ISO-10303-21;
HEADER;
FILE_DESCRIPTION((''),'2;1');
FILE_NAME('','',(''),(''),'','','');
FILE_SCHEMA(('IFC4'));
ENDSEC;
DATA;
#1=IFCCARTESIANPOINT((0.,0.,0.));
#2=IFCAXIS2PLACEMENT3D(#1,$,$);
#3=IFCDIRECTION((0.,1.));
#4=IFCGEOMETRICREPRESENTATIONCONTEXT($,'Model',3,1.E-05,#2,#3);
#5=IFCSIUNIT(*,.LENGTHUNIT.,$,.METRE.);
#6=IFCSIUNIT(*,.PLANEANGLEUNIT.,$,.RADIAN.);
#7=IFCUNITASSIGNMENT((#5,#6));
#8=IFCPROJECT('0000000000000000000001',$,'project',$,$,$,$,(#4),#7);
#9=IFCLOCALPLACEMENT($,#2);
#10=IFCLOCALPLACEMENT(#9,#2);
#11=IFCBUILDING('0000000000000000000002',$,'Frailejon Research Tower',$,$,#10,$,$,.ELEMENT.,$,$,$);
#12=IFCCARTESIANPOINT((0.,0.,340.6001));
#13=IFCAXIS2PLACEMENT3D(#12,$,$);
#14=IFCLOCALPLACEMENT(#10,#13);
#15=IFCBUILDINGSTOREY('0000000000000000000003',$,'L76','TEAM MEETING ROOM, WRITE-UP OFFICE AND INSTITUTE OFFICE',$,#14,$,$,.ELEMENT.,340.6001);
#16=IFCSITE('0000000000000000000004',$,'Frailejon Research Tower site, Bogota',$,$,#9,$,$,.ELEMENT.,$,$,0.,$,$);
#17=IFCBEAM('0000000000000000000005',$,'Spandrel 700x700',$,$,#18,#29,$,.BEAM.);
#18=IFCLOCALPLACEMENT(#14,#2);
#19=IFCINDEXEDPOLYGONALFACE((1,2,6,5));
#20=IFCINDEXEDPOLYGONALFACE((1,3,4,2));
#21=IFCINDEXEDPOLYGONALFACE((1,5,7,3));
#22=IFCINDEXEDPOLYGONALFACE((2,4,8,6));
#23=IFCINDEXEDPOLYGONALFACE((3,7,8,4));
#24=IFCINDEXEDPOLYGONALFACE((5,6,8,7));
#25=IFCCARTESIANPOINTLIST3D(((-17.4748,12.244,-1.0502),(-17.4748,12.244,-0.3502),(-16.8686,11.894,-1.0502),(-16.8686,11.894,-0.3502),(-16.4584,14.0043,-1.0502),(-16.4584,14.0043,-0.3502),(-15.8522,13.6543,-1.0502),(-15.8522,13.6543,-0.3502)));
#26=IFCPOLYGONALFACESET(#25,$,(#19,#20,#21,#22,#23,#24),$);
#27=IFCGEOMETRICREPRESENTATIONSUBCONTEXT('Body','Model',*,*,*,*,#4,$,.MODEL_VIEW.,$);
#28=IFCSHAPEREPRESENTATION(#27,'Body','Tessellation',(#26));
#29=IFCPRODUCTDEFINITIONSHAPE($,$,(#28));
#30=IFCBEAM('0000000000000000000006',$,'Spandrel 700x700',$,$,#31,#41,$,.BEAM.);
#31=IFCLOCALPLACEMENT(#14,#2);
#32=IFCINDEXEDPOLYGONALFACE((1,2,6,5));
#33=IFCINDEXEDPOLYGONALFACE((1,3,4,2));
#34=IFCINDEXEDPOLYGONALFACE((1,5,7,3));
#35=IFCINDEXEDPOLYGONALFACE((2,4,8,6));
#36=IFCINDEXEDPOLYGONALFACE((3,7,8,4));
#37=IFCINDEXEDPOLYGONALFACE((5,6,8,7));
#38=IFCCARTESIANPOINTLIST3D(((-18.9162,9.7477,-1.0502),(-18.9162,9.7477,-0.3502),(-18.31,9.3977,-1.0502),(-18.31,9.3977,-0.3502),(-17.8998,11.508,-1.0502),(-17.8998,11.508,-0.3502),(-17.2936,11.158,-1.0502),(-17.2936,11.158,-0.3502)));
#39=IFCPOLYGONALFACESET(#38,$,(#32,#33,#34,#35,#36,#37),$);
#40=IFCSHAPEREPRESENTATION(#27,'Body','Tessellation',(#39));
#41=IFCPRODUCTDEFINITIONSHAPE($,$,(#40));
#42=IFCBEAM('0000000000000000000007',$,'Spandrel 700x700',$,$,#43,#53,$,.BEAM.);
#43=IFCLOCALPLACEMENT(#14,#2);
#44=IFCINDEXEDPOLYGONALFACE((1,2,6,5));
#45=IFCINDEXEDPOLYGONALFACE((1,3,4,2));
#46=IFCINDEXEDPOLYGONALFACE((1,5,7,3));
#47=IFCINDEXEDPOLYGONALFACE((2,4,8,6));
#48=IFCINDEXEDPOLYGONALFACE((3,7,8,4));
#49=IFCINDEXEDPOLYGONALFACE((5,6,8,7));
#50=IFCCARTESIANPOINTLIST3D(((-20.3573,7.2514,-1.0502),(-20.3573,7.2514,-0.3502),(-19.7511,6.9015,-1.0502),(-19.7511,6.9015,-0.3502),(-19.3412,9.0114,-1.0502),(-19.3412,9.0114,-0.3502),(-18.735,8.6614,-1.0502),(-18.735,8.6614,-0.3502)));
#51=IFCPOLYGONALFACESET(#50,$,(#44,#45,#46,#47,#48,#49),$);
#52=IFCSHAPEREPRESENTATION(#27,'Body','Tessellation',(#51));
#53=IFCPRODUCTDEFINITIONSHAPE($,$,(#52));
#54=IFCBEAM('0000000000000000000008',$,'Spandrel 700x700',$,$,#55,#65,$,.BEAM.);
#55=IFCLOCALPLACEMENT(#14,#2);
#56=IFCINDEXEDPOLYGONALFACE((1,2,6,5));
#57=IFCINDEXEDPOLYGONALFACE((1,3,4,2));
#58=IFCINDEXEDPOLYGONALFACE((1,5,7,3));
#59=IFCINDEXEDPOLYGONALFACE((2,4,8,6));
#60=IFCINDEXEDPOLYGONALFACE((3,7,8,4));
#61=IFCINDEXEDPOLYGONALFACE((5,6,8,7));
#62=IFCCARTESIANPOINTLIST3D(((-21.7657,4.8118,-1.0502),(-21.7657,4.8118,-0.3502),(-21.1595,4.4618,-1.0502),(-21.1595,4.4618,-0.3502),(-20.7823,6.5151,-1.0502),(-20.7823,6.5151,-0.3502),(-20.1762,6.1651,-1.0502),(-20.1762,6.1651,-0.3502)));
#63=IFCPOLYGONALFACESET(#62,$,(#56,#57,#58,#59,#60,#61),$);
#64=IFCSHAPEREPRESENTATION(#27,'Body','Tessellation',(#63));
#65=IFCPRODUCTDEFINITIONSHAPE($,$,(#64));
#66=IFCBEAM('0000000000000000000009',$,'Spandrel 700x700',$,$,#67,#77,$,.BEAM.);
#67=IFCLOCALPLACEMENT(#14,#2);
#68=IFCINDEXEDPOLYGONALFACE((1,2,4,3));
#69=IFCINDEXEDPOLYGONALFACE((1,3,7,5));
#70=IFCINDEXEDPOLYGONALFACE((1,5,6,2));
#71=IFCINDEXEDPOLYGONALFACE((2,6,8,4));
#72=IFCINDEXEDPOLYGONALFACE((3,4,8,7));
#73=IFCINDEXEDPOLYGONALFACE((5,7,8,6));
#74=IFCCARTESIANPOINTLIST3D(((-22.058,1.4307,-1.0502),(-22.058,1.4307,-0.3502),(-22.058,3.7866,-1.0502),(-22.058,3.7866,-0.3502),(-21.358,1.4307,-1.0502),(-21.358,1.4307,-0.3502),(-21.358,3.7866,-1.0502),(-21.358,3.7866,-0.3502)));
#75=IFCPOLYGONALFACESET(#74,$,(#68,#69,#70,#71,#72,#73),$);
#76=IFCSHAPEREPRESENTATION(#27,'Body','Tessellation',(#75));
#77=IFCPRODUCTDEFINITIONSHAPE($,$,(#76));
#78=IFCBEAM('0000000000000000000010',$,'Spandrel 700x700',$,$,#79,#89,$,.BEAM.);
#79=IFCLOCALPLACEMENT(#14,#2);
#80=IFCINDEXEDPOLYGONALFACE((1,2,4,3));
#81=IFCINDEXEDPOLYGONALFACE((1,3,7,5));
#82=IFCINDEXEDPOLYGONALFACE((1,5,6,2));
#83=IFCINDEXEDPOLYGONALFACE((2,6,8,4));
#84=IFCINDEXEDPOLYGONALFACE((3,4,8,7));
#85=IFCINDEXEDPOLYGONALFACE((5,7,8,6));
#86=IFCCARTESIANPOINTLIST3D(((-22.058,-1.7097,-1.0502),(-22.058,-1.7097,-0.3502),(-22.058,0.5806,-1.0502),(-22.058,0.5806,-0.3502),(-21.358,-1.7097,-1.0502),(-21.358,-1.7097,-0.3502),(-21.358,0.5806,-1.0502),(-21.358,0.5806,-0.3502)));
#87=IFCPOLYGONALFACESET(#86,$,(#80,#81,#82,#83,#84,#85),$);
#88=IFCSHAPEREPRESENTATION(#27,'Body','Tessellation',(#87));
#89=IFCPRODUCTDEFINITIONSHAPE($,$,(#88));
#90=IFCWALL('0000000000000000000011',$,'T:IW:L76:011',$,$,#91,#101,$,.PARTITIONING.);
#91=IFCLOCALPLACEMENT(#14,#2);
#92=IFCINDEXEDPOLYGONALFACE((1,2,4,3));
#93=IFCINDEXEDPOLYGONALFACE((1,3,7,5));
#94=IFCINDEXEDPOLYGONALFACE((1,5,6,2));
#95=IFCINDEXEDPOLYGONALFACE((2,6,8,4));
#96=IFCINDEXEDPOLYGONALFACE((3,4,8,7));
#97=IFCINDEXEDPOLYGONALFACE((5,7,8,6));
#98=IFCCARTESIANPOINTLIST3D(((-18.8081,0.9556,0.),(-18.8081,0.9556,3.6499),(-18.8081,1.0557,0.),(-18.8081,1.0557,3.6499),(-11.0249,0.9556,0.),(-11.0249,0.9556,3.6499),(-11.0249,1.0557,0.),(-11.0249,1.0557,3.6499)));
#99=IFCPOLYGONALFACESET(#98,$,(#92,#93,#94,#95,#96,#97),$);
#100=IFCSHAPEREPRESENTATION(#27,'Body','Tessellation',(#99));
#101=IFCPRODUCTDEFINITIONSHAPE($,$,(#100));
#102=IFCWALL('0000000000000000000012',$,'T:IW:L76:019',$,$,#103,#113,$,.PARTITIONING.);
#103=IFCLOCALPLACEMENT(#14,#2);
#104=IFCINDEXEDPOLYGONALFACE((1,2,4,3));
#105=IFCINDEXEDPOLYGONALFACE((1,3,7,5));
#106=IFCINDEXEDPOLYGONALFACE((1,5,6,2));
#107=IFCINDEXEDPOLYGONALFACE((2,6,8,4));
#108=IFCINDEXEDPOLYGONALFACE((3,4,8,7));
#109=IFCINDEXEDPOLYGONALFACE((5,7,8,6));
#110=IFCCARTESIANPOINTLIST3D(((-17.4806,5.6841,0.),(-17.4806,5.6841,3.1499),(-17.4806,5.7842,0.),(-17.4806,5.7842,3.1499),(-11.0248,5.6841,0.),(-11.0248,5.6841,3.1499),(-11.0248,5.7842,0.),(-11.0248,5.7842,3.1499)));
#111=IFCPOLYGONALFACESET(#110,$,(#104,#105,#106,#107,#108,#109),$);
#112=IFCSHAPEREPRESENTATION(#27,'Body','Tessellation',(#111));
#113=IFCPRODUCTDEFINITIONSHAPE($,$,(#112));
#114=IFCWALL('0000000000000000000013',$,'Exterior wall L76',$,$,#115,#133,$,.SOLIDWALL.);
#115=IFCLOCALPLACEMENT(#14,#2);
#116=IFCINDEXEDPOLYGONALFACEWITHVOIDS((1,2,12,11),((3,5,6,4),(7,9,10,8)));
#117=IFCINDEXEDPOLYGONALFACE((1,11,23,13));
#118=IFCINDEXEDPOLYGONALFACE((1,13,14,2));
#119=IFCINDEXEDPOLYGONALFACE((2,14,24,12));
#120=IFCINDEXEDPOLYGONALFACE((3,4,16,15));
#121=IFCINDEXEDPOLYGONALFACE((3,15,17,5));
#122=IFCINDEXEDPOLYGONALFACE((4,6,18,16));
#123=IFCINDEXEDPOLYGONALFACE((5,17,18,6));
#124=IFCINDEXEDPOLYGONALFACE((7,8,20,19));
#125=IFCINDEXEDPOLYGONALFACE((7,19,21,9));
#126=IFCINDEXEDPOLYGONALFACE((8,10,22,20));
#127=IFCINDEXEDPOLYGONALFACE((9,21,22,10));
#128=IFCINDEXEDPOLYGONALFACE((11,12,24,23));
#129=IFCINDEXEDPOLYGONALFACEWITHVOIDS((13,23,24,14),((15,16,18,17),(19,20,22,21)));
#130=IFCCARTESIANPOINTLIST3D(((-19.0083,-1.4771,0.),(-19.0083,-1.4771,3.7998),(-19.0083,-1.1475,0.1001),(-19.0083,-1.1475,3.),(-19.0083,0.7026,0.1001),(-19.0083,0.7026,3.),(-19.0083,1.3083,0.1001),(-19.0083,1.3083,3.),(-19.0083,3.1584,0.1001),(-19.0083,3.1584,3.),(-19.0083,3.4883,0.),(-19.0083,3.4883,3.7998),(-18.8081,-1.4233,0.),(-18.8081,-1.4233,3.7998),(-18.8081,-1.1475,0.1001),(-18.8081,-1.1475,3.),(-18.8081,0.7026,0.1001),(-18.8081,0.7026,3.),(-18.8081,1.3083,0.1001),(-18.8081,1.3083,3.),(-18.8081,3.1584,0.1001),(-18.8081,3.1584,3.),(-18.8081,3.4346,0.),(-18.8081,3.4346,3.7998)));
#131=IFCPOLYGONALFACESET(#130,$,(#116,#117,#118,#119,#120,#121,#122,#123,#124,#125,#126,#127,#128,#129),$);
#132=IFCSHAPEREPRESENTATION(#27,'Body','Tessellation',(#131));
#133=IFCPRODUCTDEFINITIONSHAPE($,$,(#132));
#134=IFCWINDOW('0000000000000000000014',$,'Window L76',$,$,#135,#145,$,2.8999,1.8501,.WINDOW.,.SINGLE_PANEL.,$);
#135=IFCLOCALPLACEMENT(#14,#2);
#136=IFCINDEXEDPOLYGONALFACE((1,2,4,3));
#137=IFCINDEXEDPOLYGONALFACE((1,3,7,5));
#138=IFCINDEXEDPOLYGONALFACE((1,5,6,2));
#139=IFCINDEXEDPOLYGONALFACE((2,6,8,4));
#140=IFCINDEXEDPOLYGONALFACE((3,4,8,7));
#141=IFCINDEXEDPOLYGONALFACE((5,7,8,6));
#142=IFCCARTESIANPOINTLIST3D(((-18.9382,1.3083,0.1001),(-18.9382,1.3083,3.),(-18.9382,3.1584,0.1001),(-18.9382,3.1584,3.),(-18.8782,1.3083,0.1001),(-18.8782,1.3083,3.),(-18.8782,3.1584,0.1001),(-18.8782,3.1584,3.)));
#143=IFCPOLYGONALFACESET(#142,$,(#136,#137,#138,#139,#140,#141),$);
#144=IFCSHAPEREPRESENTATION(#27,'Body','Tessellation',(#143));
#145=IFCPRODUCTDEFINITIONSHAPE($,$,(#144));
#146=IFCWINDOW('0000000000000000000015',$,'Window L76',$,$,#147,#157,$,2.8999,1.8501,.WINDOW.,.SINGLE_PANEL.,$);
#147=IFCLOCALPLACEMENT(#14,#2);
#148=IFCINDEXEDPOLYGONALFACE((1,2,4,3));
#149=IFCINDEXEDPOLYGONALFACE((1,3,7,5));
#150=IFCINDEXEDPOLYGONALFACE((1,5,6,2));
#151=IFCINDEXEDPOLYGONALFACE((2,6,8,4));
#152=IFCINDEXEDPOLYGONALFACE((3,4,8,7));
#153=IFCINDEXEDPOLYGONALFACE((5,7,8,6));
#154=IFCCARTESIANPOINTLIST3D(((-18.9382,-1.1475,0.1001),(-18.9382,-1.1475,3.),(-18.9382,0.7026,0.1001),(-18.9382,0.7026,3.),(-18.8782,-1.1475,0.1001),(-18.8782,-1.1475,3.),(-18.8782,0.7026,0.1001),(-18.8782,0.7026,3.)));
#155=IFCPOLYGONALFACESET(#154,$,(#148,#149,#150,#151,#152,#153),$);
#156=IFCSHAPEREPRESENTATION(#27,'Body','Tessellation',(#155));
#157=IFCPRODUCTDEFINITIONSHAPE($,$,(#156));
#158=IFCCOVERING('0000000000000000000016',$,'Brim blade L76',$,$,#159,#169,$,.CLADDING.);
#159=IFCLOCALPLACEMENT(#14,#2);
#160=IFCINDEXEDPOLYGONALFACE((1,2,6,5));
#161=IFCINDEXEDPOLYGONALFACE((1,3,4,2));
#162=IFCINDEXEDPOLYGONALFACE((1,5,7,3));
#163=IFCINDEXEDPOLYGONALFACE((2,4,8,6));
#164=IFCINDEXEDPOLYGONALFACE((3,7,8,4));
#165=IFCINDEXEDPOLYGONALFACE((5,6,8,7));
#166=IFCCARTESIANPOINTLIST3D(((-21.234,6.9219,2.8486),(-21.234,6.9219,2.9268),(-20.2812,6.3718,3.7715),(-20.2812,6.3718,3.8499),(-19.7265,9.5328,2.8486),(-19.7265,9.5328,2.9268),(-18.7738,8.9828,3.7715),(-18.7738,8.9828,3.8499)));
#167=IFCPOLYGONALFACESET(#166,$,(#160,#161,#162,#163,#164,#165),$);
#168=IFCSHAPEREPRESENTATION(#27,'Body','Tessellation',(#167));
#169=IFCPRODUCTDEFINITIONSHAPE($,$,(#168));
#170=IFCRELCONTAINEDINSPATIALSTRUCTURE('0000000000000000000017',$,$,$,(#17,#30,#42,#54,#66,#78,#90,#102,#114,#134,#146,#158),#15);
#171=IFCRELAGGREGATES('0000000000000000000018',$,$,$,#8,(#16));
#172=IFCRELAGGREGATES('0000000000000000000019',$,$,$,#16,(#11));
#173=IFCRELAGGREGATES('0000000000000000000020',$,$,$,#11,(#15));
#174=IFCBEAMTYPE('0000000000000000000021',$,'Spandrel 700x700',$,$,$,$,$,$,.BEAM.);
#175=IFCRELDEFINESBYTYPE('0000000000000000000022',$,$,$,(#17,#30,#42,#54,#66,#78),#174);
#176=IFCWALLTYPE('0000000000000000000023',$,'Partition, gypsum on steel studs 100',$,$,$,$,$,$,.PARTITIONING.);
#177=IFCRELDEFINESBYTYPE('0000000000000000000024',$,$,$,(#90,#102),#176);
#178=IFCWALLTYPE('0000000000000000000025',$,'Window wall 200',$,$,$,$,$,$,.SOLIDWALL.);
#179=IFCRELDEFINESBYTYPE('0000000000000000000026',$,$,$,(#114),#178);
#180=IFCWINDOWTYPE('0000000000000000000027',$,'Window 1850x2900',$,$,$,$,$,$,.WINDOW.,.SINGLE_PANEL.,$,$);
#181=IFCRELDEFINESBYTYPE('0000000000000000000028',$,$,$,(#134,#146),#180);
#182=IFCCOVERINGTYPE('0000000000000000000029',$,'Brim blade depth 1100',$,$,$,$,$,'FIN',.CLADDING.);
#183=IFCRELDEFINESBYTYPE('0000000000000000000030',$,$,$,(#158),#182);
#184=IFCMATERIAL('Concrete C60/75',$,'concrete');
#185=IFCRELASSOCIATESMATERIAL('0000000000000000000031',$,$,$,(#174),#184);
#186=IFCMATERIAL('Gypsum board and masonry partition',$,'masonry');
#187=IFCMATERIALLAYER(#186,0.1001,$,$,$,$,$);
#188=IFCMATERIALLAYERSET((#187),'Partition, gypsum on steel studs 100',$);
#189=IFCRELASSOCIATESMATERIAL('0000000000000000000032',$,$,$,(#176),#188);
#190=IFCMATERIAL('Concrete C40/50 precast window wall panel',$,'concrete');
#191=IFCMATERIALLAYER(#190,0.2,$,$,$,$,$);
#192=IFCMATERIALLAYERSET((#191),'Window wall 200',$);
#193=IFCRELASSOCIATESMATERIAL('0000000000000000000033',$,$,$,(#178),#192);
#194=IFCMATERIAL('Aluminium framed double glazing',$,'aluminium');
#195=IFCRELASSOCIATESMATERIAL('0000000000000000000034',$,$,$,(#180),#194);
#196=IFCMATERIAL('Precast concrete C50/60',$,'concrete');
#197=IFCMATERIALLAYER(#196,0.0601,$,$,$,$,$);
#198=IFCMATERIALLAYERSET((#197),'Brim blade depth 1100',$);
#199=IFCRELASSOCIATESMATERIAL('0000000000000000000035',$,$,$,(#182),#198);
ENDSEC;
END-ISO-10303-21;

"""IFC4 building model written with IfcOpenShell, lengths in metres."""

from ifc_helpers import new_model, si_unit, direction, frame, frame_2d, origin, origin_2d, place, context, subcontext, project, spatial, polyline, rectangle, outline, extrude, material, layer, layer_set, material_profile, profile_set, type_object, element, fill, save


model = new_model("IFC4")

# Units and contexts
model_context = context("Model", 3, precision=1e-05, world=origin(), true_north=direction((0.0, 1.0)))
body_context = subcontext(model_context, "Body", "Model", "MODEL_VIEW")
ifc_project = project(units=[si_unit("LENGTHUNIT", "METRE"), si_unit("PLANEANGLEUNIT", "RADIAN")], contexts=[model_context])

# Site, building, storey
site_placement = place(None, origin())
site = spatial("IfcSite", under=ifc_project, at=site_placement, Name="Frailejon Research Tower site, Bogota", CompositionType="ELEMENT", RefElevation=0.0)
building_placement = place(site_placement, origin())
building = spatial("IfcBuilding", under=site, at=building_placement, Name="Frailejon Research Tower", CompositionType="ELEMENT")
storey_placement = place(building_placement, frame((0.0, 0.0, 340.6001)))
storey = spatial("IfcBuildingStorey", under=building, at=storey_placement, Name="L76", Description="TEAM MEETING ROOM, WRITE-UP OFFICE AND INSTITUTE OFFICE", CompositionType="ELEMENT", Elevation=340.6001)

# Beams
ifc_material_1 = material(Name="Concrete C60/75", Category="concrete")
ifc_material_profile_1 = material_profile(ifc_material_1, rectangle(XDim=0.7, YDim=0.7, at=origin_2d()), Name="Spandrel 700x700")
ifc_profile_set_1 = profile_set([ifc_material_profile_1], Name="Concrete C60/75")
beam_type_1 = type_object("IfcBeamType", Name="Spandrel 700x700", PredefinedType="BEAM", material=ifc_profile_set_1)
for number, where, z_axis, x_axis, name in (
    (1, (-16.1553, 13.8293, -0.7002), (-0.500027, -0.86601, 0.0), (0.86601, -0.500027, 0.0), "Spandrel 700x700"),
    (2, (-17.5967, 11.333, -0.7002), (-0.500027, -0.86601, 0.0), (0.86601, -0.500027, 0.0), "Spandrel 700x700"),
):
    element("IfcBeam", number, at=place(storey_placement, frame(where, z_axis=z_axis, x_axis=x_axis)), inside=storey, type_object=beam_type_1, Name=name, PredefinedType="BEAM", context=body_context, shape_type="SweptSolid", body=[
        extrude(rectangle(XDim=0.7, YDim=0.7, at=origin_2d()), origin(), (0.0, 0.0, 1.0), 2.0327),
    ])
beam_1_placement = place(storey_placement, frame((-19.0381, 8.8364, -0.7002), z_axis=(-0.499989, -0.866032, 0.0), x_axis=(0.866032, -0.499989, 0.0)))
element("IfcBeam", 3, at=beam_1_placement, inside=storey, type_object=beam_type_1, Name="Spandrel 700x700", PredefinedType="BEAM", context=body_context, shape_type="SweptSolid", body=[
    extrude(rectangle(XDim=0.7, YDim=0.7, at=origin_2d()), origin(), (0.0, 0.0, 1.0), 2.0322),
])
beam_2_placement = place(storey_placement, frame((-20.4792, 6.3401, -0.7002), z_axis=(-0.499984, -0.866035, 0.0), x_axis=(0.866035, -0.499984, 0.0)))
element("IfcBeam", 4, at=beam_2_placement, inside=storey, type_object=beam_type_1, Name="Spandrel 700x700", PredefinedType="BEAM", context=body_context, shape_type="SweptSolid", body=[
    extrude(rectangle(XDim=0.7, YDim=0.7, at=origin_2d()), origin(), (0.0, 0.0, 1.0), 1.9668),
])
beam_3_placement = place(storey_placement, frame((-21.708, 3.7866, -0.7002), z_axis=(0.0, -1.0, 0.0), x_axis=(1.0, 0.0, 0.0)))
element("IfcBeam", 5, at=beam_3_placement, inside=storey, type_object=beam_type_1, Name="Spandrel 700x700", PredefinedType="BEAM", context=body_context, shape_type="SweptSolid", body=[
    extrude(rectangle(XDim=0.7, YDim=0.7, at=origin_2d()), origin(), (0.0, 0.0, 1.0), 2.356),
])
beam_4_placement = place(storey_placement, frame((-21.708, 0.5806, -0.7002), z_axis=(0.0, -1.0, 0.0), x_axis=(1.0, 0.0, 0.0)))
element("IfcBeam", 6, at=beam_4_placement, inside=storey, type_object=beam_type_1, Name="Spandrel 700x700", PredefinedType="BEAM", context=body_context, shape_type="SweptSolid", body=[
    extrude(rectangle(XDim=0.7, YDim=0.7, at=origin_2d()), origin(), (0.0, 0.0, 1.0), 2.2903),
])

# Walls
ifc_material_2 = material(Name="Gypsum board and masonry partition", Category="masonry")
ifc_layer_1 = layer(ifc_material_2, 0.1001)
ifc_layer_set_1 = layer_set([ifc_layer_1], Name="Partition, gypsum on steel studs 100")
wall_type_1 = type_object("IfcWallType", Name="Partition, gypsum on steel studs 100", PredefinedType="PARTITIONING", material=ifc_layer_set_1)
wall_1_placement = place(storey_placement, frame((-18.8081, 1.0056, 0.0), z_axis=(0.0, 0.0, 1.0), x_axis=(1.0, 0.0, 0.0)))
element("IfcWall", 7, at=wall_1_placement, inside=storey, type_object=wall_type_1, Name="T:IW:L76:011", PredefinedType="PARTITIONING", context=body_context, shape_type="SweptSolid", body=[
    extrude(rectangle(XDim=7.7832, YDim=0.1001, at=frame_2d((3.8916, 0.0))), origin(), (0.0, 0.0, 1.0), 3.6499),
])
wall_2_placement = place(storey_placement, frame((-17.4807, 5.7341, 0.0), z_axis=(0.0, 0.0, 1.0), x_axis=(1.0, 0.0, 0.0)))
element("IfcWall", 8, at=wall_2_placement, inside=storey, type_object=wall_type_1, Name="T:IW:L76:019", PredefinedType="PARTITIONING", context=body_context, shape_type="SweptSolid", body=[
    extrude(rectangle(XDim=6.4558, YDim=0.1001, at=frame_2d((3.228, 0.0))), origin(), (0.0, 0.0, 1.0), 3.1499),
])

# Wall, openings, windows
ifc_material_3 = material(Name="Concrete C40/50 precast window wall panel", Category="concrete")
ifc_layer_2 = layer(ifc_material_3, 0.2)
ifc_layer_set_2 = layer_set([ifc_layer_2], Name="Window wall 200")
wall_type_2 = type_object("IfcWallType", Name="Window wall 200", PredefinedType="SOLIDWALL", material=ifc_layer_set_2)
wall_3_placement = place(storey_placement, frame((-18.9082, 3.4614, 0.0), z_axis=(0.0, 0.0, 1.0), x_axis=(0.0, -1.0, 0.0)))
wall_3 = element("IfcWall", 9, at=wall_3_placement, inside=storey, type_object=wall_type_2, Name="Exterior wall L76", PredefinedType="SOLIDWALL", context=body_context, shape_type="SweptSolid", body=[
    extrude(outline(polyline([(-0.0269, -0.1001), (1.2144, -0.1001), (2.4558, -0.1001), (3.6973, -0.1001), (4.9385, -0.1001), (4.8848, 0.1001), (3.6704, 0.1001), (2.4558, 0.1001), (1.2412, 0.1001), (0.0269, 0.1001), (-0.0269, -0.1001)])), origin(), (0.0, 0.0, 1.0), 3.7998),
])
opening_1_placement = place(wall_3_placement, frame((0.303, 0.0, 0.1001)))
opening_1 = element("IfcOpeningElement", 10, at=opening_1_placement, cuts=wall_3, PredefinedType="OPENING", context=body_context, shape_type="SweptSolid", body=[
    extrude(rectangle(XDim=1.8501, YDim=2.8999, at=frame_2d((0.925, 1.45))), frame((0.0, 0.1099, 0.0), z_axis=(0.0, -1.0, 0.0), x_axis=(1.0, 0.0, 0.0)), (0.0, 0.0, 1.0), 0.22),
])
opening_2_placement = place(wall_3_placement, frame((2.7588, 0.0, 0.1001)))
opening_2 = element("IfcOpeningElement", 11, at=opening_2_placement, cuts=wall_3, PredefinedType="OPENING", context=body_context, shape_type="SweptSolid", body=[
    extrude(rectangle(XDim=1.8501, YDim=2.8999, at=frame_2d((0.925, 1.45))), frame((0.0, 0.1099, 0.0), z_axis=(0.0, -1.0, 0.0), x_axis=(1.0, 0.0, 0.0)), (0.0, 0.0, 1.0), 0.22),
])
ifc_material_4 = material(Name="Aluminium framed double glazing", Category="aluminium")
window_type = type_object("IfcWindowType", Name="Window 1850x2900", PartitioningType="SINGLE_PANEL", PredefinedType="WINDOW", material=ifc_material_4)
window_1_placement = place(opening_1_placement, origin())
window_1 = element("IfcWindow", 12, at=window_1_placement, inside=storey, type_object=window_type, Name="Window L76", OverallHeight=2.8999, OverallWidth=1.8501, PartitioningType="SINGLE_PANEL", PredefinedType="WINDOW", context=body_context, shape_type="SweptSolid", body=[
    extrude(rectangle(XDim=1.8501, YDim=2.8999, at=frame_2d((0.925, 1.45))), frame((0.0, 0.03, 0.0), z_axis=(0.0, -1.0, 0.0), x_axis=(1.0, 0.0, 0.0)), (0.0, 0.0, 1.0), 0.0601),
])
fill(opening_1, window_1)
window_2_placement = place(opening_2_placement, origin())
window_2 = element("IfcWindow", 13, at=window_2_placement, inside=storey, type_object=window_type, Name="Window L76", OverallHeight=2.8999, OverallWidth=1.8501, PartitioningType="SINGLE_PANEL", PredefinedType="WINDOW", context=body_context, shape_type="SweptSolid", body=[
    extrude(rectangle(XDim=1.8501, YDim=2.8999, at=frame_2d((0.925, 1.45))), frame((0.0, 0.03, 0.0), z_axis=(0.0, -1.0, 0.0), x_axis=(1.0, 0.0, 0.0)), (0.0, 0.0, 1.0), 0.0601),
])
fill(opening_2, window_2)

# Covering
ifc_material_5 = material(Name="Precast concrete C50/60", Category="concrete")
ifc_layer_3 = layer(ifc_material_5, 0.0601)
ifc_layer_set_3 = layer_set([ifc_layer_3], Name="Brim blade depth 1100")
covering_type_1 = type_object("IfcCoveringType", Name="Brim blade depth 1100", ElementType="FIN", PredefinedType="CLADDING", material=ifc_layer_set_3)
covering_1_placement = place(storey_placement, frame((-20.2812, 6.3718, 3.8499), z_axis=(0.50001, 0.86602, 0.0), x_axis=(-0.86602, 0.50001, 0.0)))
element("IfcCovering", 14, at=covering_1_placement, inside=storey, type_object=covering_type_1, Name="Brim blade L76", PredefinedType="CLADDING", context=body_context, shape_type="SweptSolid", body=[
    extrude(outline(polyline([(0.0, -0.0784), (1.1001, -1.0012), (1.1001, -0.9231), (0.0, 0.0), (0.0, -0.0784)])), origin(), (0.0, 0.0, 1.0), 3.0149),
])

save(model, "model.ifc")
